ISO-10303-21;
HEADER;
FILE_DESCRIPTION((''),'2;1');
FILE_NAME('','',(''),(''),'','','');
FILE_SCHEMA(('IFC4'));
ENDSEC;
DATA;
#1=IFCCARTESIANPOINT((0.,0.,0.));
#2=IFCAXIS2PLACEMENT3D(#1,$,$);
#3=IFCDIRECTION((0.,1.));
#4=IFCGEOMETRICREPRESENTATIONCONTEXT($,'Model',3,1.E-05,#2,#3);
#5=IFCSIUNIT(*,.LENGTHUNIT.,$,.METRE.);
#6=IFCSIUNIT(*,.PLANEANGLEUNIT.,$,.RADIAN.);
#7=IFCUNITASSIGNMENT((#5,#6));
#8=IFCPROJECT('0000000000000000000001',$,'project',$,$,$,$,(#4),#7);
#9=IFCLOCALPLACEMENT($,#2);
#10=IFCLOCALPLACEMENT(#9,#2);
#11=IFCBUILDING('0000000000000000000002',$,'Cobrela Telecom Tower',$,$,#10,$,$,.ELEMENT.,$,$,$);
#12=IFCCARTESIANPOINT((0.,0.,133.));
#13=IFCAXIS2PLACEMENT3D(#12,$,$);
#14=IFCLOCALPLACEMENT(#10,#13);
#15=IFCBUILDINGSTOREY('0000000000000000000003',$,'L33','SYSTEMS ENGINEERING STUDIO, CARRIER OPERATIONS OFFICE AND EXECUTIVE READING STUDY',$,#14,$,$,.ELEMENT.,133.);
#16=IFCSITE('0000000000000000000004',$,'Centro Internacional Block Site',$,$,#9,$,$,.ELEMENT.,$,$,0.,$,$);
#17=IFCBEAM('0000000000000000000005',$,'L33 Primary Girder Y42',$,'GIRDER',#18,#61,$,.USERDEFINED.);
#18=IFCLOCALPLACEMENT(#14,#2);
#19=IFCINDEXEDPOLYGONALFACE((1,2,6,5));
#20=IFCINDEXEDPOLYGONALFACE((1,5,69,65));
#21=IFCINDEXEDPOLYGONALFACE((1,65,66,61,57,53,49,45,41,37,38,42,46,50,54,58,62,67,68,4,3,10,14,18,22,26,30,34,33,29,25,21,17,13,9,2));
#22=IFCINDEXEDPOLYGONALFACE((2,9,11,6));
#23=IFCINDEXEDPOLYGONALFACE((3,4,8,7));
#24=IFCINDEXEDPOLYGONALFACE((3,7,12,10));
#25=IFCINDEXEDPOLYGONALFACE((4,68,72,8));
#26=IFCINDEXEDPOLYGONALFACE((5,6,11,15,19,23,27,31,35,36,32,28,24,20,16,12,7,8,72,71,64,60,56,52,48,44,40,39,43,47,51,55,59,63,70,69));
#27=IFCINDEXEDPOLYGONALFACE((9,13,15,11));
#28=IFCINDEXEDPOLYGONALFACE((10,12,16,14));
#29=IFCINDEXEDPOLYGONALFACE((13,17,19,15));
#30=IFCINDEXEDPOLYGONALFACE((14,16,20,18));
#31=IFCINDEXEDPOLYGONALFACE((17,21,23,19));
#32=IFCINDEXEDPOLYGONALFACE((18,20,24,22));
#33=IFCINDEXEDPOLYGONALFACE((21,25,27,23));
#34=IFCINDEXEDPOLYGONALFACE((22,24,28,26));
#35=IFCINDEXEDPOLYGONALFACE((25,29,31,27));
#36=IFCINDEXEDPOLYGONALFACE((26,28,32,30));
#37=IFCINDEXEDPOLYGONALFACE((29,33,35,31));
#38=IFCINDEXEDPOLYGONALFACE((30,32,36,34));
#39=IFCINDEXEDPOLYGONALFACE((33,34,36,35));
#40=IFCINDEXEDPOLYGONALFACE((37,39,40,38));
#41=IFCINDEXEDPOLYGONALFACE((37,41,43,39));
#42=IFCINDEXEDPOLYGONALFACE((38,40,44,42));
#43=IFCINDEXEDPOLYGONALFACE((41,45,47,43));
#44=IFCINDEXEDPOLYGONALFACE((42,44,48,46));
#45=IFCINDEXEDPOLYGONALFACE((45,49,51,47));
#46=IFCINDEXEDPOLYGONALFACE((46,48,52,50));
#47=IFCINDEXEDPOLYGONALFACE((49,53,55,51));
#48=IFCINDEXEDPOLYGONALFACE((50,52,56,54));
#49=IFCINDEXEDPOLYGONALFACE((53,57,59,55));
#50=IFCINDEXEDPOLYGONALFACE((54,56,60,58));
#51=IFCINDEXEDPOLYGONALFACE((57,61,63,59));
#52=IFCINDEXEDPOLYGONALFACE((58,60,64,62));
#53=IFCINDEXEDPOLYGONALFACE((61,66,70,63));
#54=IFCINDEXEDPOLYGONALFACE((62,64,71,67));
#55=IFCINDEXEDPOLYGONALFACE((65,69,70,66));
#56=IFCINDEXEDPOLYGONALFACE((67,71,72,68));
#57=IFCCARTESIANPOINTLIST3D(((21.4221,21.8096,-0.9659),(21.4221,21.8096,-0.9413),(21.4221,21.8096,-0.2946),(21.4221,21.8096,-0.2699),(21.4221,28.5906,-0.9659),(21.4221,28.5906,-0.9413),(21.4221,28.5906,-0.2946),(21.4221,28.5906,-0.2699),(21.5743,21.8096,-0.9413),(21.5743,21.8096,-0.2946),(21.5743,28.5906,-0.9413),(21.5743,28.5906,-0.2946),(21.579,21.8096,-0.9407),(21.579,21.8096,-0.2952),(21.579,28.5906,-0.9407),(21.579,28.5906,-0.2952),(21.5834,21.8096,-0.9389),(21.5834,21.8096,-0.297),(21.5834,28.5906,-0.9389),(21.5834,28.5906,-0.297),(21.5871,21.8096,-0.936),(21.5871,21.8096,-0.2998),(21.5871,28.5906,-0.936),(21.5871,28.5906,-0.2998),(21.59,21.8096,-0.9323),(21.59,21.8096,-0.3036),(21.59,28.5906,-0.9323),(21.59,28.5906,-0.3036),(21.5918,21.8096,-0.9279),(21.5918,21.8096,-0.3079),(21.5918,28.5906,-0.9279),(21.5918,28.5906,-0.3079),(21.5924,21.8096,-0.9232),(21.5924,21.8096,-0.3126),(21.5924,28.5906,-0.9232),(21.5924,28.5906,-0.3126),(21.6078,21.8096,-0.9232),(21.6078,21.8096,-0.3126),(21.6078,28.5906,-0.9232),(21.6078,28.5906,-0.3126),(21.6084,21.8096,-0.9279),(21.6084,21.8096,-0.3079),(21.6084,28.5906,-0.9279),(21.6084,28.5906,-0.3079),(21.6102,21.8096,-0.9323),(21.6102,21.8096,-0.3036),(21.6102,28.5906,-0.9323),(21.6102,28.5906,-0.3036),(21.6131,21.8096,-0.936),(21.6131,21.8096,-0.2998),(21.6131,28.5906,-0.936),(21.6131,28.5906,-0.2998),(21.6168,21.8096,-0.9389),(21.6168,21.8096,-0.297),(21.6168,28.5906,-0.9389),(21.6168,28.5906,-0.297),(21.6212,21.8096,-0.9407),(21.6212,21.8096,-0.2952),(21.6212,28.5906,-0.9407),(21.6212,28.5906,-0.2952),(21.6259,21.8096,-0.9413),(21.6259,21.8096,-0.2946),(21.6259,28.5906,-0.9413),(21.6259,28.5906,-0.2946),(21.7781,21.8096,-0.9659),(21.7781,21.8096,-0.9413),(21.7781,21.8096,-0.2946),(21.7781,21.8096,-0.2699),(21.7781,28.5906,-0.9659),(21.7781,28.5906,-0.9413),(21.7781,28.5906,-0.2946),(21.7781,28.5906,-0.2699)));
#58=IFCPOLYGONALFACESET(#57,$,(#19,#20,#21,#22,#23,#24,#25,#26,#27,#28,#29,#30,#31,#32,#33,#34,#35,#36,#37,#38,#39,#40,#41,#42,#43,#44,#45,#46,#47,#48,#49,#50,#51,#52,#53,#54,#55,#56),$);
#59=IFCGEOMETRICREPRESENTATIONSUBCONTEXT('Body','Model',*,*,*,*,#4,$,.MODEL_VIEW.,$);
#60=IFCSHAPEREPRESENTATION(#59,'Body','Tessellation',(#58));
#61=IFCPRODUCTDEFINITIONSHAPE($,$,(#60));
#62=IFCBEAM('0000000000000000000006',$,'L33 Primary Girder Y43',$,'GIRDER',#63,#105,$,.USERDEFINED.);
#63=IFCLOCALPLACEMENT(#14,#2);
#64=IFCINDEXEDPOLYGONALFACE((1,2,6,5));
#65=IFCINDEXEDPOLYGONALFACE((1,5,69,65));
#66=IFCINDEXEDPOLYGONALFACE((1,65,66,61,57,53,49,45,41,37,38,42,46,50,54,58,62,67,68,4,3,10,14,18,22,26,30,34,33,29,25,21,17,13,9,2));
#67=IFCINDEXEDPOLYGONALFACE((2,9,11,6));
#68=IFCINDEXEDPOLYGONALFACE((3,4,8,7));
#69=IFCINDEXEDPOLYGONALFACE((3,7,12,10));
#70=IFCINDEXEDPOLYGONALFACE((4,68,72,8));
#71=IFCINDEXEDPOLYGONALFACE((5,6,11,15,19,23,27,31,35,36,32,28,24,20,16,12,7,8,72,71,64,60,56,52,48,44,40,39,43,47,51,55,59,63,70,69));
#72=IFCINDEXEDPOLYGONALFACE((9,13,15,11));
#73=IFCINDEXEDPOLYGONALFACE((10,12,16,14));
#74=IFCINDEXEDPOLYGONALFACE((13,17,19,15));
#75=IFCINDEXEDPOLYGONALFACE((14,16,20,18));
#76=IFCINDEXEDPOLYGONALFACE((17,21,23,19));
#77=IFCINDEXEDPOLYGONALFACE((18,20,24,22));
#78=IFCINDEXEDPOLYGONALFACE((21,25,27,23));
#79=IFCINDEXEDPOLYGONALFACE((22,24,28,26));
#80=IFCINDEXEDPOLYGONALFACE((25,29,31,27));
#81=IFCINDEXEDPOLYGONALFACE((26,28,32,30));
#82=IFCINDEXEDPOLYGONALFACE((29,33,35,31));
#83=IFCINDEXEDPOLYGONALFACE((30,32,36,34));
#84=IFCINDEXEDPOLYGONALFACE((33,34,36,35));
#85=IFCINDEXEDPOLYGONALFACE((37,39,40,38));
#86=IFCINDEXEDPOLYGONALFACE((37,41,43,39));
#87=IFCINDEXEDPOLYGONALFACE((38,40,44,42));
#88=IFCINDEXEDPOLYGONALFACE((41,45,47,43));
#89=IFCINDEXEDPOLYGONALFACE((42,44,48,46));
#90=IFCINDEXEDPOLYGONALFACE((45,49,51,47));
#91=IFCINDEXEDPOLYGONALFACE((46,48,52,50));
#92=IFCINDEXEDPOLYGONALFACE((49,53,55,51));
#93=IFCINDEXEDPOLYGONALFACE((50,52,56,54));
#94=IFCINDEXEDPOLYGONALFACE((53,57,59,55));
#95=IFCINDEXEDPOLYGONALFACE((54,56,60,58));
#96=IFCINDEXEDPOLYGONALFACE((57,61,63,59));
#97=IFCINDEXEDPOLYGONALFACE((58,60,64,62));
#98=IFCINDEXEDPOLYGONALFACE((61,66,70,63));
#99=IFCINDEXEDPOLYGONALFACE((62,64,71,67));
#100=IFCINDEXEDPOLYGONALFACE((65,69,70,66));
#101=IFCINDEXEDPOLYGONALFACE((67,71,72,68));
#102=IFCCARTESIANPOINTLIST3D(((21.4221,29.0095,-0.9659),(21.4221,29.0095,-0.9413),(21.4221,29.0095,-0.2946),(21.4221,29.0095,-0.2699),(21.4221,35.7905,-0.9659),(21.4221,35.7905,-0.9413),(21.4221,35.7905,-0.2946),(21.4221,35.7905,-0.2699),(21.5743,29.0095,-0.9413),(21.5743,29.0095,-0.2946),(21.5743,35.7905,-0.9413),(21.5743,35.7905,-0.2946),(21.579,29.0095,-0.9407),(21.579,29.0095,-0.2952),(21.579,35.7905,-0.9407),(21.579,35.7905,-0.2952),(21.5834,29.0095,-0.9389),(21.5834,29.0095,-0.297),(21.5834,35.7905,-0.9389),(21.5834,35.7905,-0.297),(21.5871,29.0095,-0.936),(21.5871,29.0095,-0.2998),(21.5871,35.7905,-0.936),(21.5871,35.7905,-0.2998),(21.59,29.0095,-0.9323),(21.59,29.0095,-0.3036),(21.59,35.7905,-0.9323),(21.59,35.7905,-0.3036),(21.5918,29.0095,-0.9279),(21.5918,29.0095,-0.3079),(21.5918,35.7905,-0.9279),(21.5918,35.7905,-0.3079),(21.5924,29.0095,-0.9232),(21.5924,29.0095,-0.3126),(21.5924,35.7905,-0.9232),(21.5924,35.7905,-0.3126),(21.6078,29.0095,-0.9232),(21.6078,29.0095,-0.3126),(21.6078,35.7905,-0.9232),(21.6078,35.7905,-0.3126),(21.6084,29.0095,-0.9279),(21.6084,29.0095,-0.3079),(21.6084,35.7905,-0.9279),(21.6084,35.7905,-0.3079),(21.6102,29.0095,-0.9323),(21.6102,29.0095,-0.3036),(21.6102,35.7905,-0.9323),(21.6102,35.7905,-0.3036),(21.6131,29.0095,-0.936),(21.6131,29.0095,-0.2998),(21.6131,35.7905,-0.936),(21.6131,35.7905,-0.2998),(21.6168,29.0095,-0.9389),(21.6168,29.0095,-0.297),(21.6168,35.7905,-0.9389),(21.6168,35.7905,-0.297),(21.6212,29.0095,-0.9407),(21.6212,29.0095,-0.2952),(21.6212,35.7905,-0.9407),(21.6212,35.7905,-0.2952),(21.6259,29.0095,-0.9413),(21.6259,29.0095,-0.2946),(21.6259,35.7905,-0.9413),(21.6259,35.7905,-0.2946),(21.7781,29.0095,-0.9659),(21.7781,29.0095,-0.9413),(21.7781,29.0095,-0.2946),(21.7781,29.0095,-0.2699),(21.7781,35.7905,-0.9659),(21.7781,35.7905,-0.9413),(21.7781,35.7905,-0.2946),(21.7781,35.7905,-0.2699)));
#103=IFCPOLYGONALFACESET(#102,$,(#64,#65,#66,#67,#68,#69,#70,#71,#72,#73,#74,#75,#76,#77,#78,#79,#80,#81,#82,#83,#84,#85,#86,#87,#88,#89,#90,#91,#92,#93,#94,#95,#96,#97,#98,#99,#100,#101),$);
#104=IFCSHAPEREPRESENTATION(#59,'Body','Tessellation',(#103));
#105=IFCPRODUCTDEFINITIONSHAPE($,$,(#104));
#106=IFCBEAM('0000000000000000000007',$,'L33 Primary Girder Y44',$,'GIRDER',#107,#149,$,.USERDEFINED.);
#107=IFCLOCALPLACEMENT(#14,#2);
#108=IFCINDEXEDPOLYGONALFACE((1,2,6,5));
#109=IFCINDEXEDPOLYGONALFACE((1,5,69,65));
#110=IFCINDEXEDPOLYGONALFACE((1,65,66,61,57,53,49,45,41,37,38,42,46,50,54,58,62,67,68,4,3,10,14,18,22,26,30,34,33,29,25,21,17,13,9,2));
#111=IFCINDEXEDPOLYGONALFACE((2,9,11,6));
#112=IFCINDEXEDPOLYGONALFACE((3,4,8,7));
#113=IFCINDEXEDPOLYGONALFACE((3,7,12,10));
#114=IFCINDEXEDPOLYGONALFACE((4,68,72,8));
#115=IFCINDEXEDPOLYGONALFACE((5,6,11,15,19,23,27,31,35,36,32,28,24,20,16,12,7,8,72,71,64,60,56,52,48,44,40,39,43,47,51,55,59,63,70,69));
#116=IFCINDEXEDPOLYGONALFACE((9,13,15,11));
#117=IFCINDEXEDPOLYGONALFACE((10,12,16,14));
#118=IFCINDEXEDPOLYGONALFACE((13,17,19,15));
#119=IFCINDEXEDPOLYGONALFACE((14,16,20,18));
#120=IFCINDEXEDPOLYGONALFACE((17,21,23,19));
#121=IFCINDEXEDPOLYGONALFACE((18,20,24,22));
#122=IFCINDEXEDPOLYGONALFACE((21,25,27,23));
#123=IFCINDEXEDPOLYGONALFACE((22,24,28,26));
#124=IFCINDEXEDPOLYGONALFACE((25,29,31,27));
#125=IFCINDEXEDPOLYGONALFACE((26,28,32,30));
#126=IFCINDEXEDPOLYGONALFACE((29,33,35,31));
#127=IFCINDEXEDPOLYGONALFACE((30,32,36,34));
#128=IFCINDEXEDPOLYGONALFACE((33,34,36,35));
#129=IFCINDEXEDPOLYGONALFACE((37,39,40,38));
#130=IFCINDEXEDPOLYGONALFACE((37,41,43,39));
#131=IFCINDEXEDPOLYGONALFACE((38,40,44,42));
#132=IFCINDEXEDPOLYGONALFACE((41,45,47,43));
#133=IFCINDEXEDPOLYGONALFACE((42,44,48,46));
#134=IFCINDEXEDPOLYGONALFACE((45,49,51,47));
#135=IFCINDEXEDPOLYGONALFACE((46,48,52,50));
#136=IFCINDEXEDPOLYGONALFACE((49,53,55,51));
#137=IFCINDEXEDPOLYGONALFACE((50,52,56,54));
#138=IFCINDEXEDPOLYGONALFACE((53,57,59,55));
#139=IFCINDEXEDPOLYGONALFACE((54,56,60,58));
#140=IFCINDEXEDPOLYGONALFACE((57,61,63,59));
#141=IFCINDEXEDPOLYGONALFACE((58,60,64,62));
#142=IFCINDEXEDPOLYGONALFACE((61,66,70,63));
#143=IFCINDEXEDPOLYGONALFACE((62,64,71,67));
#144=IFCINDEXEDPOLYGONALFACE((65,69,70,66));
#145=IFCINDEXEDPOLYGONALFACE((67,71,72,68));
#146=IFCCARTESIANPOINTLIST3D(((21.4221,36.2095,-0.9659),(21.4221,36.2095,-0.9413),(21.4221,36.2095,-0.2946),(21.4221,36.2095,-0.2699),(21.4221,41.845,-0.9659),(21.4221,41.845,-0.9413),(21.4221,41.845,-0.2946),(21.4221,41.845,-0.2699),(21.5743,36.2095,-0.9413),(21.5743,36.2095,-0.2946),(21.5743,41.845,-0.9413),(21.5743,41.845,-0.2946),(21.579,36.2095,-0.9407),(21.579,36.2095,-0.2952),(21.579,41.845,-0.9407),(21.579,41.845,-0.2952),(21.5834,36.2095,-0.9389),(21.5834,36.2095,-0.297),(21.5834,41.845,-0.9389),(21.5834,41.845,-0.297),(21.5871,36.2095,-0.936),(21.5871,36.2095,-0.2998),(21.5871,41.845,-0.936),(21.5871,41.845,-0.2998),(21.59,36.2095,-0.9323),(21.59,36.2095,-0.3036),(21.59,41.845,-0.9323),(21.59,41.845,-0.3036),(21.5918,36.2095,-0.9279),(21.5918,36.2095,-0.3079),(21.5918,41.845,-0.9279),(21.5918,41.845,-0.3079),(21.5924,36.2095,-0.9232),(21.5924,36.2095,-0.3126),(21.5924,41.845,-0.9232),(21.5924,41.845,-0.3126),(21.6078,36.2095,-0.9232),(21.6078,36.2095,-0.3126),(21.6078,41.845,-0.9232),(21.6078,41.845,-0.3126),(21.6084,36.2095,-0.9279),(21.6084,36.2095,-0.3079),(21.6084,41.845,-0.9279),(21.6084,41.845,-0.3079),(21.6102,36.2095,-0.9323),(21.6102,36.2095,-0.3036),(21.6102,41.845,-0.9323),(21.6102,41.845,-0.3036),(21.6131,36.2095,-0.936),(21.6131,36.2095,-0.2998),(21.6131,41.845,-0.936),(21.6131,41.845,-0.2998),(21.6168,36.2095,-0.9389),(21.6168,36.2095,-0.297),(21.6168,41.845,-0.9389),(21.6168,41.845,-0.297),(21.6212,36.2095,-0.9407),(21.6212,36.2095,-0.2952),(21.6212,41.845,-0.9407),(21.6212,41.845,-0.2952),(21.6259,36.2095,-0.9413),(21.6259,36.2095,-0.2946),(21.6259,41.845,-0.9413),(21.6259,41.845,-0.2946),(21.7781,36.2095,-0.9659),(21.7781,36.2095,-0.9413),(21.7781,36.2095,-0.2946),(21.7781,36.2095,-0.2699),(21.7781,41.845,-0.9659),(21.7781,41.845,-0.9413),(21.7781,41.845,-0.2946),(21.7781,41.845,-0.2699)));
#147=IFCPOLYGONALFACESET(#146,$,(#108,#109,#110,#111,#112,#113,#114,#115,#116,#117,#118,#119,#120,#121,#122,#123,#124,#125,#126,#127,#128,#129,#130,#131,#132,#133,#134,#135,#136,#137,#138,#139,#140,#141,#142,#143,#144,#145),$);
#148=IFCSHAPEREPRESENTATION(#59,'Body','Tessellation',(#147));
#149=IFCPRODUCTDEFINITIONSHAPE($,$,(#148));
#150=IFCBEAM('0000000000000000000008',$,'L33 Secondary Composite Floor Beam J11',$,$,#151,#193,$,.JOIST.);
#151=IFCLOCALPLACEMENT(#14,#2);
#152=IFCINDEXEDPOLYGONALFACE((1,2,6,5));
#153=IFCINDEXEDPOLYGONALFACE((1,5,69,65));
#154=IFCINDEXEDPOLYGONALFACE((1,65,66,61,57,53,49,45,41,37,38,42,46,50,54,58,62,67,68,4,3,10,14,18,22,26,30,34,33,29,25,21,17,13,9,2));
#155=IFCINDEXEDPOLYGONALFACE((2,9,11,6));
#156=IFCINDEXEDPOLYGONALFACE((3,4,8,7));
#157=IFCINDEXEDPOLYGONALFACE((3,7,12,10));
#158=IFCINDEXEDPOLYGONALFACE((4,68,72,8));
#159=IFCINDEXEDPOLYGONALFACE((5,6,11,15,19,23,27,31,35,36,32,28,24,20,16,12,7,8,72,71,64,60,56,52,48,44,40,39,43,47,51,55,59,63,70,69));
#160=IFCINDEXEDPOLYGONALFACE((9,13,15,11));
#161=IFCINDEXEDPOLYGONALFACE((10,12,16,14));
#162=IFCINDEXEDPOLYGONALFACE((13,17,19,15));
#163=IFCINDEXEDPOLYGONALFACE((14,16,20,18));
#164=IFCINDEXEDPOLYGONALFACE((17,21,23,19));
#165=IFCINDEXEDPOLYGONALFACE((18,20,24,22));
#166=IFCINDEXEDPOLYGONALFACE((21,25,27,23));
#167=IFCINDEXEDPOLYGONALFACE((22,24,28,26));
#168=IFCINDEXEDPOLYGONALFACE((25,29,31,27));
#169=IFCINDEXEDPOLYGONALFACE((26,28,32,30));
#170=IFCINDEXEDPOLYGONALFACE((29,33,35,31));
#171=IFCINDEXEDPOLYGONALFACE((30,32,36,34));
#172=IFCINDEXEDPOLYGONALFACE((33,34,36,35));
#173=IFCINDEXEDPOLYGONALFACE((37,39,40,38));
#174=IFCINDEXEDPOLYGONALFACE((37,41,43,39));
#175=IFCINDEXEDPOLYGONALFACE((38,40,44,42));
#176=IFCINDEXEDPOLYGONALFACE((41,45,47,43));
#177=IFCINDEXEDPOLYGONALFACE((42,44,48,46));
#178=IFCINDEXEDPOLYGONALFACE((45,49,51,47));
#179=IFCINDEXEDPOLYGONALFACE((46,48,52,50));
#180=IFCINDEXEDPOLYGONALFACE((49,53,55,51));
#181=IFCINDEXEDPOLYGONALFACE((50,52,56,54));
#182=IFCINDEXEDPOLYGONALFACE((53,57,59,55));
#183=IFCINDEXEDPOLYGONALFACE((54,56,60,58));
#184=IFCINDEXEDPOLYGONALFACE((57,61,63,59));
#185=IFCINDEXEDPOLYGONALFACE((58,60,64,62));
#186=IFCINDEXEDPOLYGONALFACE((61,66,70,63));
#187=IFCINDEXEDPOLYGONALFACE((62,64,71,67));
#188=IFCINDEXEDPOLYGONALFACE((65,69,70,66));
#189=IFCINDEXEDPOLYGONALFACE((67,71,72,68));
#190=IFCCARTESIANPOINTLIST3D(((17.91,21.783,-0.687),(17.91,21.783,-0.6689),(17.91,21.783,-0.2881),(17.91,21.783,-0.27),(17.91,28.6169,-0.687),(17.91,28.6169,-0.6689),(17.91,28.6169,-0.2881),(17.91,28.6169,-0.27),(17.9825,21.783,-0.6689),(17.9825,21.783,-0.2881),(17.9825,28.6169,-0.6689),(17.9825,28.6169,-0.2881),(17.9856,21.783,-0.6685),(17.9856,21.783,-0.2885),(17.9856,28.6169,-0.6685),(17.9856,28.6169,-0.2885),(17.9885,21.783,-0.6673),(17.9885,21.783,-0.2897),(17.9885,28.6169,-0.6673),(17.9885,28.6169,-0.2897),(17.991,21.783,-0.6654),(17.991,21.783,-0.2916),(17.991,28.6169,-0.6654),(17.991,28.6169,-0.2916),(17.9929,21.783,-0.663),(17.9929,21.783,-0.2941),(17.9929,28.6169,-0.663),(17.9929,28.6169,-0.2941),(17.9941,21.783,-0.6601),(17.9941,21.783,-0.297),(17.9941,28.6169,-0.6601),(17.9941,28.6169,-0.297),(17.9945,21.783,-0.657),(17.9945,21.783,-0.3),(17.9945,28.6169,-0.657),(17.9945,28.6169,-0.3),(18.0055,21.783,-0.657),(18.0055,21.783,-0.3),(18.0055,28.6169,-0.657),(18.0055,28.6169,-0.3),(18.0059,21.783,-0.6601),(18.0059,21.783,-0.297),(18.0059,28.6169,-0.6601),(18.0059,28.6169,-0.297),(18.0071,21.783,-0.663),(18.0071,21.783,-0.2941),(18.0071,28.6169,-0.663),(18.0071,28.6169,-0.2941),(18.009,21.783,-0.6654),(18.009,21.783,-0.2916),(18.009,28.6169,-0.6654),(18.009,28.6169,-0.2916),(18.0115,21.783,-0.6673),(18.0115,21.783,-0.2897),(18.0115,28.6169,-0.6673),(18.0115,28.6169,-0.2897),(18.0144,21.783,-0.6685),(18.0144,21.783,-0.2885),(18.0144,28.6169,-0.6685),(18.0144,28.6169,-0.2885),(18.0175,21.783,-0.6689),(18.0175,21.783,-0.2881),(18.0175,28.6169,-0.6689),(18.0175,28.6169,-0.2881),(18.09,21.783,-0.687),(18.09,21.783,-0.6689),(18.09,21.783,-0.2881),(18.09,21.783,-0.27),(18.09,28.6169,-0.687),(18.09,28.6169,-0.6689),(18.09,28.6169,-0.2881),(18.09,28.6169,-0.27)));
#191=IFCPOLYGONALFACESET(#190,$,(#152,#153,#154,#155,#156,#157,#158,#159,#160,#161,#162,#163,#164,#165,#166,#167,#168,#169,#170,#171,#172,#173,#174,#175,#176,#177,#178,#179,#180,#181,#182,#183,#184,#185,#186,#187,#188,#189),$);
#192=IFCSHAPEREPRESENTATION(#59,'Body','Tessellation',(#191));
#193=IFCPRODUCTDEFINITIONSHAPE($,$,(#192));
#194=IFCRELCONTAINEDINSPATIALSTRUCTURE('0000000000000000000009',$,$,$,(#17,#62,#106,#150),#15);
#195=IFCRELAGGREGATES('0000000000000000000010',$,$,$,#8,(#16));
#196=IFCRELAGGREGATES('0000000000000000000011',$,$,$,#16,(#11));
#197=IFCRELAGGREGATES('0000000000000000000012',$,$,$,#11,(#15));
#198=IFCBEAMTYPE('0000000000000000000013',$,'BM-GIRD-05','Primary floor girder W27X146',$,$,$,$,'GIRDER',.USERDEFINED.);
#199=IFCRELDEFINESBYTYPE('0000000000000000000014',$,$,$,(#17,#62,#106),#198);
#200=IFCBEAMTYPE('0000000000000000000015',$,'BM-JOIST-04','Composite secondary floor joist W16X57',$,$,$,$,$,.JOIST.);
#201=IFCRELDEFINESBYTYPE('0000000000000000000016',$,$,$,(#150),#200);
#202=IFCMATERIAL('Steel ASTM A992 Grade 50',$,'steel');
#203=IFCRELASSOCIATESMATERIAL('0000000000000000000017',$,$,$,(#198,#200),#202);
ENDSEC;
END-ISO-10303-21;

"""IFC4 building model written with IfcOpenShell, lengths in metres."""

from ifc_helpers import new_model, si_unit, direction, frame, origin, origin_2d, place, context, subcontext, project, spatial, i_section, extrude, material, material_profile, profile_set, type_object, element, save


model = new_model("IFC4")

# Units and contexts
model_context = context("Model", 3, precision=1e-05, world=origin(), true_north=direction((0.0, 1.0)))
body_context = subcontext(model_context, "Body", "Model", "MODEL_VIEW")
ifc_project = project(units=[si_unit("LENGTHUNIT", "METRE"), si_unit("PLANEANGLEUNIT", "RADIAN")], contexts=[model_context])

# Site, building, storey
site_placement = place(None, origin())
site = spatial("IfcSite", under=ifc_project, at=site_placement, Name="Centro Internacional Block Site", CompositionType="ELEMENT", RefElevation=0.0)
building_placement = place(site_placement, origin())
building = spatial("IfcBuilding", under=site, at=building_placement, Name="Cobrela Telecom Tower", CompositionType="ELEMENT")
storey_placement = place(building_placement, frame((0.0, 0.0, 133.0)))
storey = spatial("IfcBuildingStorey", under=building, at=storey_placement, Name="L33", Description="SYSTEMS ENGINEERING STUDIO, CARRIER OPERATIONS OFFICE AND EXECUTIVE READING STUDY", CompositionType="ELEMENT", Elevation=133.0)

# Shared definitions
ifc_material_1 = material(Name="Steel ASTM A992 Grade 50", Category="steel")

# Beams
ifc_material_profile_1 = material_profile(ifc_material_1, i_section(OverallWidth=0.356, OverallDepth=0.696, WebThickness=0.0154, FlangeThickness=0.0247, FilletRadius=0.0181, at=origin_2d()), Name="W27X146")
ifc_profile_set_1 = profile_set([ifc_material_profile_1], Name="Steel ASTM A992 Grade 50")
beam_type_1 = type_object("IfcBeamType", Name="BM-GIRD-05", Description="Primary floor girder W27X146", ElementType="GIRDER", PredefinedType="USERDEFINED", material=ifc_profile_set_1)
for number, where, z_axis, x_axis, name in (
    (1, (21.6001, 21.8096, -0.6179), (0.0, 1.0, 0.0), (-1.0, 0.0, 0.0), "L33 Primary Girder Y42"),
    (2, (21.6001, 29.0095, -0.6179), (0.0, 1.0, 0.0), (-1.0, 0.0, 0.0), "L33 Primary Girder Y43"),
):
    element("IfcBeam", number, at=place(storey_placement, frame(where, z_axis=z_axis, x_axis=x_axis)), inside=storey, type_object=beam_type_1, Name=name, ObjectType="GIRDER", PredefinedType="USERDEFINED", context=body_context, shape_type="SweptSolid", body=[
        extrude(i_section(OverallWidth=0.356, OverallDepth=0.696, WebThickness=0.0154, FlangeThickness=0.0247, FilletRadius=0.0181, at=origin_2d()), origin(), (0.0, 0.0, 1.0), 6.781),
    ])
beam_1_placement = place(storey_placement, frame((21.6001, 36.2095, -0.6179), z_axis=(0.0, 1.0, 0.0), x_axis=(-1.0, 0.0, 0.0)))
element("IfcBeam", 3, at=beam_1_placement, inside=storey, type_object=beam_type_1, Name="L33 Primary Girder Y44", ObjectType="GIRDER", PredefinedType="USERDEFINED", context=body_context, shape_type="SweptSolid", body=[
    extrude(i_section(OverallWidth=0.356, OverallDepth=0.696, WebThickness=0.0154, FlangeThickness=0.0247, FilletRadius=0.0181, at=origin_2d()), origin(), (0.0, 0.0, 1.0), 5.6355),
])
ifc_material_profile_2 = material_profile(ifc_material_1, i_section(OverallWidth=0.1799, OverallDepth=0.417, WebThickness=0.011, FlangeThickness=0.0181, FilletRadius=0.012, at=origin_2d()), Name="W16X57")
ifc_profile_set_2 = profile_set([ifc_material_profile_2], Name="Steel ASTM A992 Grade 50")
beam_type_2 = type_object("IfcBeamType", Name="BM-JOIST-04", Description="Composite secondary floor joist W16X57", PredefinedType="JOIST", material=ifc_profile_set_2)
for number, where, z_axis, x_axis, name in (
    (4, (18.0, 21.783, -0.4785), (0.0, 1.0, 0.0), (-1.0, 0.0, 0.0), "L33 Secondary Composite Floor Beam J11"),
):
    element("IfcBeam", number, at=place(storey_placement, frame(where, z_axis=z_axis, x_axis=x_axis)), inside=storey, type_object=beam_type_2, Name=name, PredefinedType="JOIST", context=body_context, shape_type="SweptSolid", body=[
        extrude(i_section(OverallWidth=0.1799, OverallDepth=0.417, WebThickness=0.011, FlangeThickness=0.0181, FilletRadius=0.012, at=origin_2d()), origin(), (0.0, 0.0, 1.0), 6.834),
    ])

save(model, "model.ifc")
